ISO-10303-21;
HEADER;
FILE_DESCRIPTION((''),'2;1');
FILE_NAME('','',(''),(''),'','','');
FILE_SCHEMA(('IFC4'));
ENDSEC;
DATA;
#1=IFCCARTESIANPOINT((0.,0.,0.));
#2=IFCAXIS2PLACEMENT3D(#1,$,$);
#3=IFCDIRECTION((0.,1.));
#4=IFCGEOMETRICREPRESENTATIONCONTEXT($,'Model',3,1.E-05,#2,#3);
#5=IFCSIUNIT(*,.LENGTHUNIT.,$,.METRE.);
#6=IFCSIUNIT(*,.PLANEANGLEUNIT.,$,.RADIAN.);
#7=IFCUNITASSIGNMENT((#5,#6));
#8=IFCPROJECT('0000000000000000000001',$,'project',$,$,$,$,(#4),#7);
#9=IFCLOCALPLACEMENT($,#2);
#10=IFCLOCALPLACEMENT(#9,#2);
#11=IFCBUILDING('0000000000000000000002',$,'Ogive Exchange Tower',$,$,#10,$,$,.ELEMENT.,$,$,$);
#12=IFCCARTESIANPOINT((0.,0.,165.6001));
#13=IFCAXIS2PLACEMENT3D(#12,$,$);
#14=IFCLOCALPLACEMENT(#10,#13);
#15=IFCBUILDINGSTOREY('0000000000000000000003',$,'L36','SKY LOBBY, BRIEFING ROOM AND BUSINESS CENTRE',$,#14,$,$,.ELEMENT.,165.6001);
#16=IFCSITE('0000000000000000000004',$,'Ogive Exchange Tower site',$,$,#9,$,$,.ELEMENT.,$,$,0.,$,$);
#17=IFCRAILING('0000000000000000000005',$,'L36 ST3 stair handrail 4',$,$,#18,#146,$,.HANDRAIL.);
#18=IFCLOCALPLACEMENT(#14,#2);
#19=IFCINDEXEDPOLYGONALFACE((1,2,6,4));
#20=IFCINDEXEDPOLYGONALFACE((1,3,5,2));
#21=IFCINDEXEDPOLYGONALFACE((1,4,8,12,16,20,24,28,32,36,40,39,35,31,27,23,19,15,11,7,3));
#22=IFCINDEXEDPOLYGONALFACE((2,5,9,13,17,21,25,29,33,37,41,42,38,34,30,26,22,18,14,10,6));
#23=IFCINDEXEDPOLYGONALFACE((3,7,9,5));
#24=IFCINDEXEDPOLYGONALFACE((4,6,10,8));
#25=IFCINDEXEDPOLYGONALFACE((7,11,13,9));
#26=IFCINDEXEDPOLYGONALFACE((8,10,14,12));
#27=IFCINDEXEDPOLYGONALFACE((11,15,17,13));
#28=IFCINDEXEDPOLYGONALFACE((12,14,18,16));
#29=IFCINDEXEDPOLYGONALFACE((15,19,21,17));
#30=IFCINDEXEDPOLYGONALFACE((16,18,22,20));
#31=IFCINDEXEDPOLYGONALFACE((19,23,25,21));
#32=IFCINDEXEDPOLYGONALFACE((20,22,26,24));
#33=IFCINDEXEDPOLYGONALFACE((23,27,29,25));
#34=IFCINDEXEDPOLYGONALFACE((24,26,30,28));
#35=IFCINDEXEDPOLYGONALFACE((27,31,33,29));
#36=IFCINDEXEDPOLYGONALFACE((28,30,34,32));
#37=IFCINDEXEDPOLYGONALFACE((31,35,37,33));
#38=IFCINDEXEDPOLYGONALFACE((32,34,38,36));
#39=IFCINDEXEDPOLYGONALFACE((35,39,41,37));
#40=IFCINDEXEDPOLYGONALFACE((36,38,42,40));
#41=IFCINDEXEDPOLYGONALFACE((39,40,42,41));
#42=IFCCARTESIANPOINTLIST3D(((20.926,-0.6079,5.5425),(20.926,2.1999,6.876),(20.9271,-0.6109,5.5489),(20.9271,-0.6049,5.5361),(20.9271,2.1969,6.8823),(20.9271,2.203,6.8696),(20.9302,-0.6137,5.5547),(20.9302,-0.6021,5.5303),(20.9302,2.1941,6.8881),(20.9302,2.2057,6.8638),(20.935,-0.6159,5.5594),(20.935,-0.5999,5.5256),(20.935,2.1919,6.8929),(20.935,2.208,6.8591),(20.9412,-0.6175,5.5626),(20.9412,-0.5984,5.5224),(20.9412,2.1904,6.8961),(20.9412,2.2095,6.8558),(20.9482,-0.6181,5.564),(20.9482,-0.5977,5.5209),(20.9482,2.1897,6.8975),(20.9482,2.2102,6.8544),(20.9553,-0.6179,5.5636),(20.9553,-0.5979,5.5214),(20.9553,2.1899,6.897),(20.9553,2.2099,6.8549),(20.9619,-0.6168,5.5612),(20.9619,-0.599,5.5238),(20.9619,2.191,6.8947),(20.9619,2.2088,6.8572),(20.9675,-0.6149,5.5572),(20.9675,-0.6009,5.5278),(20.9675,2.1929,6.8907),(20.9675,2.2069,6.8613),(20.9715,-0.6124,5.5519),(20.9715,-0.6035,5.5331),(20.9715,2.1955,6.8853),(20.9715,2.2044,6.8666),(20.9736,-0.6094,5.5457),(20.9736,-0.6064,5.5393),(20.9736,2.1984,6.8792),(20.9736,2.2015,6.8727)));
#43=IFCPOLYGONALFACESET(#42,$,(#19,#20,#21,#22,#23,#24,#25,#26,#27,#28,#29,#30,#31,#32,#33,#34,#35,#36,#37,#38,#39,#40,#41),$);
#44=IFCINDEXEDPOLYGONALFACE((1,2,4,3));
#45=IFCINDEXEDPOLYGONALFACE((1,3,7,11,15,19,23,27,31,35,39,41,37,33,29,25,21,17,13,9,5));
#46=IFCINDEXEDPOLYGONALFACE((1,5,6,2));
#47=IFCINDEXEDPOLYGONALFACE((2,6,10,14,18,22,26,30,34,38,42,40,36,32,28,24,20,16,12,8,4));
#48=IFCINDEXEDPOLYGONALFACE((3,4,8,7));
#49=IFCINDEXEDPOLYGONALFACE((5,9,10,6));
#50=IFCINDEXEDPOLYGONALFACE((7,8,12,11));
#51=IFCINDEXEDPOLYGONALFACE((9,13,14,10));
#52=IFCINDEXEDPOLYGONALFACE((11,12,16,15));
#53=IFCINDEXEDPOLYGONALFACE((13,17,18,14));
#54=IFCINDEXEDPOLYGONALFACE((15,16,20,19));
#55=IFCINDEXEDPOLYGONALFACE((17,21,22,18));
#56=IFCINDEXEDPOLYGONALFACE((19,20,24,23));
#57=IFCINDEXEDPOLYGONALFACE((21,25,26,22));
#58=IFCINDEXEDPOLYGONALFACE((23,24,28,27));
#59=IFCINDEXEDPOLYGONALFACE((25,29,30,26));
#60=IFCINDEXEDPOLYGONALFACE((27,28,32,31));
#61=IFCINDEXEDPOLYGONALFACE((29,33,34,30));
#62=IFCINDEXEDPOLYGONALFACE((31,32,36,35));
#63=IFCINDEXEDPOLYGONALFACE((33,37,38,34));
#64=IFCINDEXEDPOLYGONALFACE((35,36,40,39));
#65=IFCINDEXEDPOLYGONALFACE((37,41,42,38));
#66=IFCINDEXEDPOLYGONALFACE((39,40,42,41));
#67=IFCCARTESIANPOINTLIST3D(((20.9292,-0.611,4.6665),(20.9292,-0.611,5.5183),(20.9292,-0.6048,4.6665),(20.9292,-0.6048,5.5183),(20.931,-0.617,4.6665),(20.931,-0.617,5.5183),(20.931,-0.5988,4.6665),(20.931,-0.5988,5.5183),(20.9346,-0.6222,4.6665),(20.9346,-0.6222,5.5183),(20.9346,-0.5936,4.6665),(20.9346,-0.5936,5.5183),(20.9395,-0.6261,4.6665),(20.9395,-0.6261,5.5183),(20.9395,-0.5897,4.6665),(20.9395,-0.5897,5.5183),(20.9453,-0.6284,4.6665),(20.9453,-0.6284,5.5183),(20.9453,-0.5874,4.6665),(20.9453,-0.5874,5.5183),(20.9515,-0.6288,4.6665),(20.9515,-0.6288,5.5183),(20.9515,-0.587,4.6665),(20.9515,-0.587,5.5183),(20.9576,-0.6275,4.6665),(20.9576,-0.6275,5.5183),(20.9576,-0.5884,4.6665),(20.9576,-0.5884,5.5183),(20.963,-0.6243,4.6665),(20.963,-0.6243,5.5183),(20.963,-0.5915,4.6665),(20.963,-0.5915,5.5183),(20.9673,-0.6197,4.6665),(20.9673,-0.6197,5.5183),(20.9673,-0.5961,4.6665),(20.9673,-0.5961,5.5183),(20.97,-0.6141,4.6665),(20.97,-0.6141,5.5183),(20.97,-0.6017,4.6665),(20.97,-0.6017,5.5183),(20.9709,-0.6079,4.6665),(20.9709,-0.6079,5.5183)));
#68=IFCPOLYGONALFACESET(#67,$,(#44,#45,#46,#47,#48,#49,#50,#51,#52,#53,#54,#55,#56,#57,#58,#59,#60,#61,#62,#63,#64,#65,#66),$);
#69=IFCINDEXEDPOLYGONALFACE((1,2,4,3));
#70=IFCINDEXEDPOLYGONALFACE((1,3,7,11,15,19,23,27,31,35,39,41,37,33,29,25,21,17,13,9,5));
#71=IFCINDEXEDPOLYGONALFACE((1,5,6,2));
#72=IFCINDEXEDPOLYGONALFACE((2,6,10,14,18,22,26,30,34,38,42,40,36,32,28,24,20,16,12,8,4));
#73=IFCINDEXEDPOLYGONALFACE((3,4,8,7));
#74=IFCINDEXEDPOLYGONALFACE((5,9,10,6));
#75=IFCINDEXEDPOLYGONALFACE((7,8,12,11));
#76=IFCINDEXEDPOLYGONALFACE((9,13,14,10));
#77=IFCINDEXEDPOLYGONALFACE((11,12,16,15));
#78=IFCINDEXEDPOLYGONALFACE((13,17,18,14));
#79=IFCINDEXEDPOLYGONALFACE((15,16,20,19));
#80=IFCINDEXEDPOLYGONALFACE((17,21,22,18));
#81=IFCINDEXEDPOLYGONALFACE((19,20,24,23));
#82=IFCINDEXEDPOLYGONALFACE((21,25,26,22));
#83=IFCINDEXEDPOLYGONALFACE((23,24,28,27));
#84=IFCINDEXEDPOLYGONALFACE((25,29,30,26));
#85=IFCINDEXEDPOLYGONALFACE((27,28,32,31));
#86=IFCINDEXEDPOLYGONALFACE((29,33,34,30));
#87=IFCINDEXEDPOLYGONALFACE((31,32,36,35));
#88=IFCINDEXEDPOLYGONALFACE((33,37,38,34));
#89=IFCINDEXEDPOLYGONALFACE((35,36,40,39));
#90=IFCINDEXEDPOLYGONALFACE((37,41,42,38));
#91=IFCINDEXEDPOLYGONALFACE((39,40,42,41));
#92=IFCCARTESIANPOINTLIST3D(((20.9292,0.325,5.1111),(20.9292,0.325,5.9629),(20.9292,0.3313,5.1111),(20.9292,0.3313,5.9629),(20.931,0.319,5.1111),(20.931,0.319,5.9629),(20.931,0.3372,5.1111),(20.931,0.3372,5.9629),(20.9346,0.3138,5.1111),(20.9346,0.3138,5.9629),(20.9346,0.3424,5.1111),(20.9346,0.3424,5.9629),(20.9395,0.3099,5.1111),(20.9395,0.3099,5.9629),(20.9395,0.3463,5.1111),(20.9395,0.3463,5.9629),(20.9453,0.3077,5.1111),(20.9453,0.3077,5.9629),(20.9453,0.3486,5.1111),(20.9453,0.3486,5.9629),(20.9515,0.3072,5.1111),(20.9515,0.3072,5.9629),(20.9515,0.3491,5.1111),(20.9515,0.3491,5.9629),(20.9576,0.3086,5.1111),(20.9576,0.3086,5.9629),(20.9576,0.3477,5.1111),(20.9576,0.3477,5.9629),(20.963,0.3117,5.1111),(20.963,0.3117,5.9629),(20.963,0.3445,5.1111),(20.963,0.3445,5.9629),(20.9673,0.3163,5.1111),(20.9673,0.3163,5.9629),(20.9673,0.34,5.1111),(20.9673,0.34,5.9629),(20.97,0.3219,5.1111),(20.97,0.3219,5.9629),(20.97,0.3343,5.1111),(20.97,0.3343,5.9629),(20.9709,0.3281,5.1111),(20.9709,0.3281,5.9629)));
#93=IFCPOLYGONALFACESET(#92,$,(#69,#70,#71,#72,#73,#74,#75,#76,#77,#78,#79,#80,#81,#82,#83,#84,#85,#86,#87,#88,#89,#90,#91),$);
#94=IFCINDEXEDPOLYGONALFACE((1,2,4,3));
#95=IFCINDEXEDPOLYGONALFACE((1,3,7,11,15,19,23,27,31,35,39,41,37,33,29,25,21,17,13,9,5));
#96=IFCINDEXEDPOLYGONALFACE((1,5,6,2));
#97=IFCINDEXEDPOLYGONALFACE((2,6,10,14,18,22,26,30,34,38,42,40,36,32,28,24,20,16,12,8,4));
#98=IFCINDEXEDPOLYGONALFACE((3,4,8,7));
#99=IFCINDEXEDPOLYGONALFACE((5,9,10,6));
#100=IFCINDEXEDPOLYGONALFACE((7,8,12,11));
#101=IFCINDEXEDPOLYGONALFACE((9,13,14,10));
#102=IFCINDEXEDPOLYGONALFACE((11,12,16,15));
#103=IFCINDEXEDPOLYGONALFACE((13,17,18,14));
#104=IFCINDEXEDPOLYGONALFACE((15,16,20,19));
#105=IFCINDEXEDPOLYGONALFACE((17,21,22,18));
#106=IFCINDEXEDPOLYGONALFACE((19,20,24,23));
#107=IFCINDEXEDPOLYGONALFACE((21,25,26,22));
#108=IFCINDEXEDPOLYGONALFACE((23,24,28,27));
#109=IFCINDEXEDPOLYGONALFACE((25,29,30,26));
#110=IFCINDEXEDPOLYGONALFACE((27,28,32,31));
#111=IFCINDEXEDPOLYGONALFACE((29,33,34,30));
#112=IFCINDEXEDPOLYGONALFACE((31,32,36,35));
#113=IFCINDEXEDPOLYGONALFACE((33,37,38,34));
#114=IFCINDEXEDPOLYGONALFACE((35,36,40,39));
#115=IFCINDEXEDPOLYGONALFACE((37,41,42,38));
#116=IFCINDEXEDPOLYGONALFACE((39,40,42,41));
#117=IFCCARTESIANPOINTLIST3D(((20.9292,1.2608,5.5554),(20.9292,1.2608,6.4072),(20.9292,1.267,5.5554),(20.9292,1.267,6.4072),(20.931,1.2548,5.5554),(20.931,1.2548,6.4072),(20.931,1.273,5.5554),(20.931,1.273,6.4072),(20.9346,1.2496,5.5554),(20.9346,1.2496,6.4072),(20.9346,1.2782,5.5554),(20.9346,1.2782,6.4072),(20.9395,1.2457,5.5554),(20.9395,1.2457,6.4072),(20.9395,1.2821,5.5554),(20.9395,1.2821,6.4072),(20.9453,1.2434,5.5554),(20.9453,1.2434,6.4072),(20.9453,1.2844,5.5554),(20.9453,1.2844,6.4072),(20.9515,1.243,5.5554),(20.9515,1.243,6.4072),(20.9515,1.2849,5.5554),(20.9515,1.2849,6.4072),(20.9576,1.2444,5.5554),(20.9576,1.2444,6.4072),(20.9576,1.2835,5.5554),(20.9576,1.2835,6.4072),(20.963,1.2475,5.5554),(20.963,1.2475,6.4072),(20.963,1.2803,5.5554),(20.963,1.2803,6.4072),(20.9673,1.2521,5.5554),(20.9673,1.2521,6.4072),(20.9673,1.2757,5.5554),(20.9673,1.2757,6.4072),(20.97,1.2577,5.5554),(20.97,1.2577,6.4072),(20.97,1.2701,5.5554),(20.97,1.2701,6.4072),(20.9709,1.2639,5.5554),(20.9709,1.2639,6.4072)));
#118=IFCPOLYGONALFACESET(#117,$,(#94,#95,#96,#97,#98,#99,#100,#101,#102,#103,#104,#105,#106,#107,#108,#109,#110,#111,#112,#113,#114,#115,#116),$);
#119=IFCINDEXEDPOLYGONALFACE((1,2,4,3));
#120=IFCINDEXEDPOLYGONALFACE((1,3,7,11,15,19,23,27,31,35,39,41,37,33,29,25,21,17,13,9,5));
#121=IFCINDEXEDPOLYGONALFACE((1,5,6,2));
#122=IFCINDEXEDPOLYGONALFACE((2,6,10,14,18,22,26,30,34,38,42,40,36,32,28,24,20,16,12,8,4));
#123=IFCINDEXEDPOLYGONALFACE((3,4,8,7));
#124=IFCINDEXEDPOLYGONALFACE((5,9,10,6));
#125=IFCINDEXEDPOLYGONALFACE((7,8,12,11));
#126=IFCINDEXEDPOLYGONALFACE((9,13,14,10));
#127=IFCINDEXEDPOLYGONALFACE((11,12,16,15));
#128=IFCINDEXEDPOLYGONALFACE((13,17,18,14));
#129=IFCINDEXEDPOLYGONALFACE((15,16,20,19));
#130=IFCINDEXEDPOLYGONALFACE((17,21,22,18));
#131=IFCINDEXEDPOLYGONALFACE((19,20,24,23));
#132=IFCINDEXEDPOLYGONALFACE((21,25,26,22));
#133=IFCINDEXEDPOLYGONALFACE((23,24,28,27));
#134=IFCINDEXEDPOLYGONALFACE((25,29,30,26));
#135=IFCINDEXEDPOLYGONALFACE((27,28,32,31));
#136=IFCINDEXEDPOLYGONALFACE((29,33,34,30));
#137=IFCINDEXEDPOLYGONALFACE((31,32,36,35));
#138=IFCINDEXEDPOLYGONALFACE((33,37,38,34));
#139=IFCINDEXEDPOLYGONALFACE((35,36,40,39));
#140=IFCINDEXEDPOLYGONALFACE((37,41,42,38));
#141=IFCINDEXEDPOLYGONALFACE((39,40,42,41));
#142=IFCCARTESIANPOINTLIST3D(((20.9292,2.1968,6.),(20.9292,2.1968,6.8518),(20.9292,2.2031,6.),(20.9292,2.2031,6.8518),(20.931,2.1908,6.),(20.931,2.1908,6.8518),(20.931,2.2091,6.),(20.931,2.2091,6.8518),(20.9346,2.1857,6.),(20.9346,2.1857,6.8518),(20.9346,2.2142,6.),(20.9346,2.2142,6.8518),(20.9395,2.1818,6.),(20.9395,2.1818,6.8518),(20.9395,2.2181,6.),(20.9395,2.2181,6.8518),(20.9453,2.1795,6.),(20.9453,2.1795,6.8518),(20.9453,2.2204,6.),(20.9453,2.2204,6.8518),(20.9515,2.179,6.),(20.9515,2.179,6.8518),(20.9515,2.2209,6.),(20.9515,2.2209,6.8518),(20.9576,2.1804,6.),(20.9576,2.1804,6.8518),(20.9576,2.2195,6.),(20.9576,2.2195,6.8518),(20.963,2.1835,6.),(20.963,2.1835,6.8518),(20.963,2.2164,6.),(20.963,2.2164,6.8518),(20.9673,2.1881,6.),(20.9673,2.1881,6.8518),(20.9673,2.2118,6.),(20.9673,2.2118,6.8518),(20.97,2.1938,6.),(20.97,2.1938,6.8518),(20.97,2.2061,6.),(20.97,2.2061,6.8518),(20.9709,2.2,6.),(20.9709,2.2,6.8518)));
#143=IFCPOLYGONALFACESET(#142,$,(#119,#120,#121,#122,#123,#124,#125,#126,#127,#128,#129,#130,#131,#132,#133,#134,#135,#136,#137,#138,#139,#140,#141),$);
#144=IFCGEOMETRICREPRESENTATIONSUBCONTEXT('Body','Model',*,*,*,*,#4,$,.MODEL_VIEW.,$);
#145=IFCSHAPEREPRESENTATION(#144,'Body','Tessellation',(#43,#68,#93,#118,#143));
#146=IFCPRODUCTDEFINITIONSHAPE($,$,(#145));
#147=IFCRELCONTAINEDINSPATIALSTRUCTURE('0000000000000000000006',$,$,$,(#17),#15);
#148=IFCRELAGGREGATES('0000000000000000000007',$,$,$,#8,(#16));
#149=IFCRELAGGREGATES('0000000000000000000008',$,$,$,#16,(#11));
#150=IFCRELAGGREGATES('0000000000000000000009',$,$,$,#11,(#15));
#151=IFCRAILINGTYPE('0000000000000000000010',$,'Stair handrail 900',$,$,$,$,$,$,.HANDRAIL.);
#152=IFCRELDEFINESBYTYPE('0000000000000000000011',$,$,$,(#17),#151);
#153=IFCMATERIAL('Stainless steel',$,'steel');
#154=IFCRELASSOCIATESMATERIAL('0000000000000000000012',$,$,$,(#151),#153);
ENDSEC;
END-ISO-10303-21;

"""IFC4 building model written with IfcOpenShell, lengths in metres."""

from ifc_helpers import new_model, si_unit, direction, frame, origin, origin_2d, place, context, subcontext, project, spatial, circle, extrude, material, type_object, element, save


model = new_model("IFC4")

# Units and contexts
model_context = context("Model", 3, precision=1e-05, world=origin(), true_north=direction((0.0, 1.0)))
body_context = subcontext(model_context, "Body", "Model", "MODEL_VIEW")
ifc_project = project(units=[si_unit("LENGTHUNIT", "METRE"), si_unit("PLANEANGLEUNIT", "RADIAN")], contexts=[model_context])

# Site, building, storey
site_placement = place(None, origin())
site = spatial("IfcSite", under=ifc_project, at=site_placement, Name="Ogive Exchange Tower site", CompositionType="ELEMENT", RefElevation=0.0)
building_placement = place(site_placement, origin())
building = spatial("IfcBuilding", under=site, at=building_placement, Name="Ogive Exchange Tower", CompositionType="ELEMENT")
storey_placement = place(building_placement, frame((0.0, 0.0, 165.6001)))
storey = spatial("IfcBuildingStorey", under=building, at=storey_placement, Name="L36", Description="SKY LOBBY, BRIEFING ROOM AND BUSINESS CENTRE", CompositionType="ELEMENT", Elevation=165.6001)

# Railing
ifc_material_1 = material(Name="Stainless steel", Category="steel")
railing_type_1 = type_object("IfcRailingType", Name="Stair handrail 900", PredefinedType="HANDRAIL", material=ifc_material_1)
for number, where, name in (
    (1, (20.95, -0.6079, 4.6665), "L36 ST3 stair handrail 4"),
):
    element("IfcRailing", number, at=place(storey_placement, frame(where)), inside=storey, type_object=railing_type_1, Name=name, PredefinedType="HANDRAIL", context=body_context, shape_type="SweptSolid", body=[
        extrude(circle(Radius=0.0239, at=origin_2d()), frame((0.0, 0.0, 0.876), z_axis=(0.0, 0.903307, 0.428994), x_axis=(-1.0, 0.0, 0.0)), (0.0, 0.0, 1.0), 3.1084),
        extrude(circle(Radius=0.021, at=origin_2d()), origin(), (0.0, 0.0, 1.0), 0.8518),
        extrude(circle(Radius=0.021, at=origin_2d()), frame((0.0, 0.936, 0.4446)), (0.0, 0.0, 1.0), 0.8518),
        extrude(circle(Radius=0.021, at=origin_2d()), frame((0.0, 1.8718, 0.8889)), (0.0, 0.0, 1.0), 0.8518),
        extrude(circle(Radius=0.021, at=origin_2d()), frame((0.0, 2.8079, 1.3335)), (0.0, 0.0, 1.0), 0.8518),
    ])

save(model, "model.ifc")
